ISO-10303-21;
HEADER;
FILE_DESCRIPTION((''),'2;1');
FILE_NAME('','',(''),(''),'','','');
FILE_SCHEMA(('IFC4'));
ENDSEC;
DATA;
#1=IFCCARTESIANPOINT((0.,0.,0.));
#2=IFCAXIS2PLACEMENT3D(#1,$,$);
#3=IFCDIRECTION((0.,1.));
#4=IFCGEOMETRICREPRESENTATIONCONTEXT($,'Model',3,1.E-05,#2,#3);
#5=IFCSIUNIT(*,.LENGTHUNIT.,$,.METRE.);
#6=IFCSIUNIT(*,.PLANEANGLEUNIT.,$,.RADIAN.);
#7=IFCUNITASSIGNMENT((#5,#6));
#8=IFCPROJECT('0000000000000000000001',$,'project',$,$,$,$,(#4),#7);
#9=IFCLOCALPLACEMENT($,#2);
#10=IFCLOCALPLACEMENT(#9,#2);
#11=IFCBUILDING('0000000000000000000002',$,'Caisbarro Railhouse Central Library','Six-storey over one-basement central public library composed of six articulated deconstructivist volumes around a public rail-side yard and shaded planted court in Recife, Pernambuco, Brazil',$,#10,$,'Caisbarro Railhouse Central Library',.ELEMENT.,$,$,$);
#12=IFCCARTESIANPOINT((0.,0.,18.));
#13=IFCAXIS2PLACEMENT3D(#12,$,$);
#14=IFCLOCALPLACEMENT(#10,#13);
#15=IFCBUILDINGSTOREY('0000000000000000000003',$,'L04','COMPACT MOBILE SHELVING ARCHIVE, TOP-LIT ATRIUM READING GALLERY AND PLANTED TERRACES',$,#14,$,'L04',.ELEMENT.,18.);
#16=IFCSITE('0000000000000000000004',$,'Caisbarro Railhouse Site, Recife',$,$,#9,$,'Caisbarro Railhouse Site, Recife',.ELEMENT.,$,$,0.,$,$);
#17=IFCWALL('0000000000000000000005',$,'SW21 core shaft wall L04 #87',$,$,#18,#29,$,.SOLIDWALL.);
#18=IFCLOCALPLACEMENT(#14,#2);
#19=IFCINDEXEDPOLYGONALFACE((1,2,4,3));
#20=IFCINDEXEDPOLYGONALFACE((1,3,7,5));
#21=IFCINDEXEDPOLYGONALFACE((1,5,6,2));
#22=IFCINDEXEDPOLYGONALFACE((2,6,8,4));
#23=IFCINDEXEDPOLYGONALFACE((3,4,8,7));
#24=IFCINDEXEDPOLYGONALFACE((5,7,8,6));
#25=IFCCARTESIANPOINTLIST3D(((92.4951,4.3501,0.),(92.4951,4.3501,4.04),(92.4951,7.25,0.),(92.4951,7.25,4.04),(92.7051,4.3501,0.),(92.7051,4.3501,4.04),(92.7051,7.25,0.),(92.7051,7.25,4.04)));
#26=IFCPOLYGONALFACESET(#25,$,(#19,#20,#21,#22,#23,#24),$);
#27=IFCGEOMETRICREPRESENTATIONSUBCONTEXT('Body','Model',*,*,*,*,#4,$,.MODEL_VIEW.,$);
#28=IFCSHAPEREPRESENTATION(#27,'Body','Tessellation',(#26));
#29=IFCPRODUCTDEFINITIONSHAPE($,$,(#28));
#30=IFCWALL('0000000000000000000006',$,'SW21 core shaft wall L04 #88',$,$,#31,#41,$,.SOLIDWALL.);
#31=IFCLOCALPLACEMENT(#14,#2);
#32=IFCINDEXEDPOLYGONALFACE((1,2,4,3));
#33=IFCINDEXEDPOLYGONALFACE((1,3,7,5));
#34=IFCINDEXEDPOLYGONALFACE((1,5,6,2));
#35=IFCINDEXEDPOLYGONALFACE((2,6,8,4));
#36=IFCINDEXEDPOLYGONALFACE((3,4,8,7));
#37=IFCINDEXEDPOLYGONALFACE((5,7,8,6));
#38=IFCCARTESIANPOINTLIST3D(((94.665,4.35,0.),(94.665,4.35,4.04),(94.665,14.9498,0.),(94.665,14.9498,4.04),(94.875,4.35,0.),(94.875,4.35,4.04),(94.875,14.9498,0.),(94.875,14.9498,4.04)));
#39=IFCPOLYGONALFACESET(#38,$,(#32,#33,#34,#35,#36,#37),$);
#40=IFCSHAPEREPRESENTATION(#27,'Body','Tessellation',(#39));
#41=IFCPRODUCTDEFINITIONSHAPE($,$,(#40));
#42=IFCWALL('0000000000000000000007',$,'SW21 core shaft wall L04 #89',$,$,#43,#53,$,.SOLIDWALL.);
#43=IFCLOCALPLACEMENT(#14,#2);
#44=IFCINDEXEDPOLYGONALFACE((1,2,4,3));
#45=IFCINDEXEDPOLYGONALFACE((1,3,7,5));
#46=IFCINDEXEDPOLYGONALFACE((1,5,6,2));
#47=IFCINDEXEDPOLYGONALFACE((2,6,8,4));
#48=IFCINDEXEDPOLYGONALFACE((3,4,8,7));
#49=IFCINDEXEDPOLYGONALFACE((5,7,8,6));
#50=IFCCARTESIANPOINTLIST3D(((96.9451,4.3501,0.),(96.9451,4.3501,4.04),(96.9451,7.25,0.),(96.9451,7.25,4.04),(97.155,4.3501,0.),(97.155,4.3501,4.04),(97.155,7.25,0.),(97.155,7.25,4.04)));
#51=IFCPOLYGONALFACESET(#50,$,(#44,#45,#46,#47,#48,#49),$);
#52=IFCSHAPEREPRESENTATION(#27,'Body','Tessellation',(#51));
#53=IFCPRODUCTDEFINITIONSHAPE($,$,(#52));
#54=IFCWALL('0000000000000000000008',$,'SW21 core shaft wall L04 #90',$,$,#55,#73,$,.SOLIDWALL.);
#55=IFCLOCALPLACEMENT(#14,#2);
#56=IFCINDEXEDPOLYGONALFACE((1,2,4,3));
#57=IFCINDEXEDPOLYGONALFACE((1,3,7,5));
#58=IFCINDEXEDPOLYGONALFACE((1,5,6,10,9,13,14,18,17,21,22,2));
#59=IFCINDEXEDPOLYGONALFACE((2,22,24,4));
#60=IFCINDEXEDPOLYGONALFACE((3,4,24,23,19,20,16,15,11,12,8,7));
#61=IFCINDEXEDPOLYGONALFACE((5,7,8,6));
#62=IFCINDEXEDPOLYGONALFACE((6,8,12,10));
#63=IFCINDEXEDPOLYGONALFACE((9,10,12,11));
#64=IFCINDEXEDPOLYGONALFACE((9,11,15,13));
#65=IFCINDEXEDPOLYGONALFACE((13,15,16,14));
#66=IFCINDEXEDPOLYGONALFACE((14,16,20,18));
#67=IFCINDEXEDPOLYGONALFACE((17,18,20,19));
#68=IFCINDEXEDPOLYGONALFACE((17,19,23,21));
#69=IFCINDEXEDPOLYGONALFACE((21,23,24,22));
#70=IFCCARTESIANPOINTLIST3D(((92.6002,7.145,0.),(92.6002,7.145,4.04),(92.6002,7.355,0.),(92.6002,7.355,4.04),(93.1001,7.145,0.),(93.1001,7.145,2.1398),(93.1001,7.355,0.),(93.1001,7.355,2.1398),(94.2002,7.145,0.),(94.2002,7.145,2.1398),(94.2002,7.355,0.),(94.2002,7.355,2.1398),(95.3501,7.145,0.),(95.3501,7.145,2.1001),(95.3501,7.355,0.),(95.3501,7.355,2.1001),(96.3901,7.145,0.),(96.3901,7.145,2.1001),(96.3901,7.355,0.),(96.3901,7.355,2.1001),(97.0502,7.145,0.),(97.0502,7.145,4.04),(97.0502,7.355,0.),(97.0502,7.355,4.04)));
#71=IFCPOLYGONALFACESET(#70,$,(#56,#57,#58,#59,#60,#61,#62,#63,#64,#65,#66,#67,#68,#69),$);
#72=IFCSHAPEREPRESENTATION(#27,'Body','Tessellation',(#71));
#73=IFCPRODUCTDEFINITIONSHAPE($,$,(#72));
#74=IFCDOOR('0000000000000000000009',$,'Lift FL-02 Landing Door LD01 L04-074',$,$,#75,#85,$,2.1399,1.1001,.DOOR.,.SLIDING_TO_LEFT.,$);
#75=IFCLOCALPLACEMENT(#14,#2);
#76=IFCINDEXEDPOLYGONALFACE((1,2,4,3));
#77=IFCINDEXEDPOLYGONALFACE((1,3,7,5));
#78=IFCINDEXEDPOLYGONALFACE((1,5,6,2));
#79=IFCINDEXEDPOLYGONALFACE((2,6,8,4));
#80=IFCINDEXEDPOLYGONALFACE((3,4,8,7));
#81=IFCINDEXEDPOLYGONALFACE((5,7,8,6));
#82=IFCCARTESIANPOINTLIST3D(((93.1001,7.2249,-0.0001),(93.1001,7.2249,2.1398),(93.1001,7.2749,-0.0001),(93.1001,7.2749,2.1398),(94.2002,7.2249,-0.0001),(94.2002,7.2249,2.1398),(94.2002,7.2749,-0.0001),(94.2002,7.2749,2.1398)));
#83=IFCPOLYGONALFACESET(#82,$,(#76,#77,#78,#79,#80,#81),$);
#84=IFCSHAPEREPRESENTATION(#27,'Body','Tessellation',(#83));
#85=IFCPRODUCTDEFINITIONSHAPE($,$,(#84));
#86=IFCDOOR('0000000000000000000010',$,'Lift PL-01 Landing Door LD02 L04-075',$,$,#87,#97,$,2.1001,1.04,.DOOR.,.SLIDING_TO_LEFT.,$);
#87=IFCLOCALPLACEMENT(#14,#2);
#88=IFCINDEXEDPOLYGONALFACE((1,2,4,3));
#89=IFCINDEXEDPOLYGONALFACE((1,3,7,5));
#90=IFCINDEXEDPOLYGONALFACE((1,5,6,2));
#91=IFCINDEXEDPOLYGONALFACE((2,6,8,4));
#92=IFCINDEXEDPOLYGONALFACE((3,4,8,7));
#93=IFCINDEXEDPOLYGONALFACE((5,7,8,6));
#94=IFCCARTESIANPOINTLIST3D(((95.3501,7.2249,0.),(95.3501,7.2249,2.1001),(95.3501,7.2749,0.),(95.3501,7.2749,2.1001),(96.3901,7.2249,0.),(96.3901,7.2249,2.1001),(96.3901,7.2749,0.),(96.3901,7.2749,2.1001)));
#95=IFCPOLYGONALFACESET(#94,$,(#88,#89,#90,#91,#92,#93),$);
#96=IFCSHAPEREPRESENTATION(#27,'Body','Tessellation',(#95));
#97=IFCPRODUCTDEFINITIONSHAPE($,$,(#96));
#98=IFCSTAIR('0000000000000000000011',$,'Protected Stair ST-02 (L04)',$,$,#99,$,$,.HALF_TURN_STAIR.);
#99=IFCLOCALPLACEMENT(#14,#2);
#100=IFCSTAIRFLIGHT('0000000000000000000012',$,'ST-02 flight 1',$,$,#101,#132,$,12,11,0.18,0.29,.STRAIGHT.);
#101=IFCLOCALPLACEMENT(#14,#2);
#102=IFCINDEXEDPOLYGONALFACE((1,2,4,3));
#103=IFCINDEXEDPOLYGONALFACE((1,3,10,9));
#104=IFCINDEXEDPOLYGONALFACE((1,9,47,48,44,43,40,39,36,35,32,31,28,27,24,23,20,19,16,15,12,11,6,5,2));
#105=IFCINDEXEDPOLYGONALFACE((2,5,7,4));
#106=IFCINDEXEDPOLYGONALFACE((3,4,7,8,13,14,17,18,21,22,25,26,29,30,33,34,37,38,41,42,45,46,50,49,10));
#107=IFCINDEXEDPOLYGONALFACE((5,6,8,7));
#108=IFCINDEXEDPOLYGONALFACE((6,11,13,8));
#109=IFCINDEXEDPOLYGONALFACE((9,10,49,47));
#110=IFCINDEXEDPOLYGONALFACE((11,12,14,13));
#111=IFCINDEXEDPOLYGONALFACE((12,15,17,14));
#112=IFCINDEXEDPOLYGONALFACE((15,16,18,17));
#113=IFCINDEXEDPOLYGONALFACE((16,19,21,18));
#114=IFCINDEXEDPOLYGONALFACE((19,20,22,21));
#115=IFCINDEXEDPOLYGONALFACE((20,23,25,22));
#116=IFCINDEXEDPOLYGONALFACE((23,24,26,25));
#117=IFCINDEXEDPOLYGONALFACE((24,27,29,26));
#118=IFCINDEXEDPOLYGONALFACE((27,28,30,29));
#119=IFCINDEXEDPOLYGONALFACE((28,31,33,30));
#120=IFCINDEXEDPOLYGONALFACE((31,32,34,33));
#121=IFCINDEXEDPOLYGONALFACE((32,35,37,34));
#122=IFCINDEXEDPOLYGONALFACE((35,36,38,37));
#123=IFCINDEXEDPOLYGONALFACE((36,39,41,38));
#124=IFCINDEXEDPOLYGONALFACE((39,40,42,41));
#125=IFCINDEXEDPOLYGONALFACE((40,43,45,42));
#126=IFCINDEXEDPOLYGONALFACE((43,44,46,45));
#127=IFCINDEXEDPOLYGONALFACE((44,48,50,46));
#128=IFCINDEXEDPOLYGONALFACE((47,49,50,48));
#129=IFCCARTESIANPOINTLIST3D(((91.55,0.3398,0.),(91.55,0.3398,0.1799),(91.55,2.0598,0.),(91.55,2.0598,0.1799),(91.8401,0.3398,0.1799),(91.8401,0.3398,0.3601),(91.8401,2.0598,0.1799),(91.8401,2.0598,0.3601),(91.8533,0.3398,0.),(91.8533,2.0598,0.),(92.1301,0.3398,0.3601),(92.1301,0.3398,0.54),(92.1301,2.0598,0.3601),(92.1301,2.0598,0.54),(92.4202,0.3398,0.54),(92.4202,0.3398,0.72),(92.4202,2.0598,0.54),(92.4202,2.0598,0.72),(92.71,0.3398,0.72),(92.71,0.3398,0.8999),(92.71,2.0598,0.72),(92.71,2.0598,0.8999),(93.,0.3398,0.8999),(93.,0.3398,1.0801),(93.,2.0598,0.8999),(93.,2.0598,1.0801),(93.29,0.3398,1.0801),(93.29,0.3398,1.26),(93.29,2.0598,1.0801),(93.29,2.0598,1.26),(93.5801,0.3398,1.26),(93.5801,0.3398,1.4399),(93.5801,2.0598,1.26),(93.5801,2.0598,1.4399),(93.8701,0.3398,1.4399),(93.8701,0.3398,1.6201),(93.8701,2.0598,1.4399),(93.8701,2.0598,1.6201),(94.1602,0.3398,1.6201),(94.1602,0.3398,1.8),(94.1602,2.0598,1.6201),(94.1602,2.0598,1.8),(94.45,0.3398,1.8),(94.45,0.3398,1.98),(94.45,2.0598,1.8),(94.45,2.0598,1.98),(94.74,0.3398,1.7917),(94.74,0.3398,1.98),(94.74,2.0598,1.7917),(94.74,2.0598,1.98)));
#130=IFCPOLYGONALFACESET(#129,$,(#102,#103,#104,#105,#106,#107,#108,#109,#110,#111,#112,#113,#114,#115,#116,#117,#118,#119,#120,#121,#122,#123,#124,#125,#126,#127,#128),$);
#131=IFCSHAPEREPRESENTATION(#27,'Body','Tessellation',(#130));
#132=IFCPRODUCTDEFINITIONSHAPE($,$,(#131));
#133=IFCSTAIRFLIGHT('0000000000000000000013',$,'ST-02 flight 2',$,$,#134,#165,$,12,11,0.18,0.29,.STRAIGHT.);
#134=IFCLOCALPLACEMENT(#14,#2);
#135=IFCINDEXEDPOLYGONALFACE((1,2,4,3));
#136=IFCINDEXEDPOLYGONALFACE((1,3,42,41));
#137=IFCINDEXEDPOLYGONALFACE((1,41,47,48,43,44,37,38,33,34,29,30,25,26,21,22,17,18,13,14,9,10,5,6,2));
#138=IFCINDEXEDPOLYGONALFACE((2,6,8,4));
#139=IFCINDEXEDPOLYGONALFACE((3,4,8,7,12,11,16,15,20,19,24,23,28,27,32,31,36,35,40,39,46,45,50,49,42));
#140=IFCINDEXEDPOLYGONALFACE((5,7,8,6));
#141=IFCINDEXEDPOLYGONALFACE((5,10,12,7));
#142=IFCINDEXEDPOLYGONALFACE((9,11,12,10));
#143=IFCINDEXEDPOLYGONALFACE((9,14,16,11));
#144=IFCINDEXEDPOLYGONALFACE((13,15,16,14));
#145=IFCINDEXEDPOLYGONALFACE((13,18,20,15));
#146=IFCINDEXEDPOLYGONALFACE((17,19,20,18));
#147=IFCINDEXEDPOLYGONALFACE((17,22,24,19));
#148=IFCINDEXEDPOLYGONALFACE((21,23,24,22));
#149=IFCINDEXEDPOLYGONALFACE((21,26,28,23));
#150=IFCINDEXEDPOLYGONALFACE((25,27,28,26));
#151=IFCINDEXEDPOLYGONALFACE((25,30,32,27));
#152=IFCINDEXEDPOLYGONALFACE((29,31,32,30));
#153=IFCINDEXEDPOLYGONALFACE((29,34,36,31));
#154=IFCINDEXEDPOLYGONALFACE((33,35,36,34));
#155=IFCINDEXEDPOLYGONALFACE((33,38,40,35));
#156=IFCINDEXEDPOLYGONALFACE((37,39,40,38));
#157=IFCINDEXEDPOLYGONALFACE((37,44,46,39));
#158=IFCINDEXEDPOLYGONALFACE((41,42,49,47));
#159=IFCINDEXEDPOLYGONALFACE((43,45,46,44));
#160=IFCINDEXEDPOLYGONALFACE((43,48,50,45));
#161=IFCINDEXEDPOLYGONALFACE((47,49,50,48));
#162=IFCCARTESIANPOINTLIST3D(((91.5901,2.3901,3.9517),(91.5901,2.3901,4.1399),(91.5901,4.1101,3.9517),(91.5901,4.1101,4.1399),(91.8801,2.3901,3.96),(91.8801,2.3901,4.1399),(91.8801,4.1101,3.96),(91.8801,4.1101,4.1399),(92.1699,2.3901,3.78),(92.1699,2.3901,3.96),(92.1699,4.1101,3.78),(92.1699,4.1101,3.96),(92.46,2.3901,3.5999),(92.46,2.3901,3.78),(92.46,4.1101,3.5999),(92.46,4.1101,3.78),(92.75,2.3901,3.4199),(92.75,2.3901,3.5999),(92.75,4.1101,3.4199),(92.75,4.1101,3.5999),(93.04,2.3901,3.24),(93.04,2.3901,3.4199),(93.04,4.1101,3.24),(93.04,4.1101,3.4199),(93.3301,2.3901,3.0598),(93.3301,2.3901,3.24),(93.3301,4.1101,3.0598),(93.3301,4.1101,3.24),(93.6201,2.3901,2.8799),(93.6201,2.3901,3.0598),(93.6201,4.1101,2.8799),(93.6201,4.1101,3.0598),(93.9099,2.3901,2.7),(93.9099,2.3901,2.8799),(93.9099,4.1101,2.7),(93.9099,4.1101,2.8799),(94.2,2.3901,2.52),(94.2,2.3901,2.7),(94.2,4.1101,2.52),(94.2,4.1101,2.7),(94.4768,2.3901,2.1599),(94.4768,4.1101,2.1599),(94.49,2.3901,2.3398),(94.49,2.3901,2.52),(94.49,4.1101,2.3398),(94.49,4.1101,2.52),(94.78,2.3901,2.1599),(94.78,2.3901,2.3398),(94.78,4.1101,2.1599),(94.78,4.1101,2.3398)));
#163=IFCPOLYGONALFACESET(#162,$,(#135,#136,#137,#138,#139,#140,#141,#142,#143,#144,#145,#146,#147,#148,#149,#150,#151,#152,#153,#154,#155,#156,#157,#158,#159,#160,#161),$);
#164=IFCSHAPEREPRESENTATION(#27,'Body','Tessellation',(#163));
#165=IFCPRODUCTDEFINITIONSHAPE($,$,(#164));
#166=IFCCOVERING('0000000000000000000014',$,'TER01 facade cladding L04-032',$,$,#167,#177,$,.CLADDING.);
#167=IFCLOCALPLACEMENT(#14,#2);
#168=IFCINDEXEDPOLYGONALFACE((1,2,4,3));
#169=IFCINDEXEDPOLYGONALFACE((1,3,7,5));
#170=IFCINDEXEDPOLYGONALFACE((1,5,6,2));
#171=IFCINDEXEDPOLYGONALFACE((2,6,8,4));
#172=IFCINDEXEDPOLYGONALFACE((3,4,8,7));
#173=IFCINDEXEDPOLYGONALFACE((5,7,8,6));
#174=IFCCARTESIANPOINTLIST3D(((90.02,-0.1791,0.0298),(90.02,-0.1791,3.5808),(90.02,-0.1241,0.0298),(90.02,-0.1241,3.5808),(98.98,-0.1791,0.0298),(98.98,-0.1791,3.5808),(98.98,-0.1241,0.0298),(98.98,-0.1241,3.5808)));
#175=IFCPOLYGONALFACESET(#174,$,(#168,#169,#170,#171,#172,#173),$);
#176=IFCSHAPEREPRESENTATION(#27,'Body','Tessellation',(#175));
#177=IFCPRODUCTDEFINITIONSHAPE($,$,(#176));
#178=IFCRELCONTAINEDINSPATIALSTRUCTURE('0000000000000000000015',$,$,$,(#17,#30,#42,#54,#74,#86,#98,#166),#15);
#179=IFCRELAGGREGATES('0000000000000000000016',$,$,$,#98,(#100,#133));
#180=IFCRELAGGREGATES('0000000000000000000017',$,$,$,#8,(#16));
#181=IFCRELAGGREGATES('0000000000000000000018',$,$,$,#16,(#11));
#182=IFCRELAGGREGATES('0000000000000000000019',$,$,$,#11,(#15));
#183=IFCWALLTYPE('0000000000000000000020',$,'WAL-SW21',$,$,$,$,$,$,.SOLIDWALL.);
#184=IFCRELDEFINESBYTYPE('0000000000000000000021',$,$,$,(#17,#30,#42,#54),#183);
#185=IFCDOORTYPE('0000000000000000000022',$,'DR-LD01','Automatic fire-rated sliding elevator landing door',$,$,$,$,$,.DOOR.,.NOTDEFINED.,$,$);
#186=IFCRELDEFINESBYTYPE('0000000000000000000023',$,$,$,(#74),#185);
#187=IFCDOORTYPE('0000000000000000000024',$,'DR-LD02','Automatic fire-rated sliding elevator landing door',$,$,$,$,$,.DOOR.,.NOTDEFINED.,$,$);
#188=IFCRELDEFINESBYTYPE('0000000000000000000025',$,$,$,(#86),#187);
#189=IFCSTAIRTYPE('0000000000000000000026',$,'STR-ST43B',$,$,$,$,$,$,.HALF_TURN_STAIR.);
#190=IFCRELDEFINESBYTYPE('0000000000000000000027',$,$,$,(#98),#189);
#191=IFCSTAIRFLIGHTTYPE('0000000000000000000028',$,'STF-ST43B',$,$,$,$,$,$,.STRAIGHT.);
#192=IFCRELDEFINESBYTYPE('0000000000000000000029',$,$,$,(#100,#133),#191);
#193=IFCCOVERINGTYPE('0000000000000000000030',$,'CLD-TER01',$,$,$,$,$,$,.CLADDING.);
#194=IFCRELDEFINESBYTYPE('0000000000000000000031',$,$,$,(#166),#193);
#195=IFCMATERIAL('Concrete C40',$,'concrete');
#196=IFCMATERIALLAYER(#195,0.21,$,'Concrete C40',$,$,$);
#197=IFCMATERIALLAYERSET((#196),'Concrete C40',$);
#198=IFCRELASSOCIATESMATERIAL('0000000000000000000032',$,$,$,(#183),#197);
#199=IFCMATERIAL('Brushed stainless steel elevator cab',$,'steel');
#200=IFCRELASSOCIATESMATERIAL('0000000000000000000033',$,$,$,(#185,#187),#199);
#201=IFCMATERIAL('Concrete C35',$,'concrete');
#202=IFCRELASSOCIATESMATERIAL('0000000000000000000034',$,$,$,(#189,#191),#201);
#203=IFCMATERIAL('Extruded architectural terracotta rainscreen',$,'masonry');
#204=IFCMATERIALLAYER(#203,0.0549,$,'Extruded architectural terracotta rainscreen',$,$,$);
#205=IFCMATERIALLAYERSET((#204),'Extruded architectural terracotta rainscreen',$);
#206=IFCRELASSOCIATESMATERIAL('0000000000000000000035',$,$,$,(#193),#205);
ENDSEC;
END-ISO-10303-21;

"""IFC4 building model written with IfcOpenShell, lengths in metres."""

from ifc_helpers import new_model, si_unit, direction, frame, frame_2d, origin, origin_2d, place, context, subcontext, project, spatial, polyline, rectangle, outline, extrude, material, layer, layer_set, type_object, element, fill, aggregate, save


model = new_model("IFC4")

# Units and contexts
model_context = context("Model", 3, precision=1e-05, world=origin(), true_north=direction((0.0, 1.0)))
body_context = subcontext(model_context, "Body", "Model", "MODEL_VIEW")
ifc_project = project(units=[si_unit("LENGTHUNIT", "METRE"), si_unit("PLANEANGLEUNIT", "RADIAN")], contexts=[model_context])

# Site, building, storey
site_placement = place(None, origin())
site = spatial("IfcSite", under=ifc_project, at=site_placement, Name="Caisbarro Railhouse Site, Recife", LongName="Caisbarro Railhouse Site, Recife", CompositionType="ELEMENT", RefElevation=0.0)
building_placement = place(site_placement, origin())
building = spatial("IfcBuilding", under=site, at=building_placement, Name="Caisbarro Railhouse Central Library", Description="Six-storey over one-basement central public library composed of six articulated deconstructivist volumes around a public rail-side yard and shaded planted court in Recife, Pernambuco, Brazil", LongName="Caisbarro Railhouse Central Library", CompositionType="ELEMENT")
storey_placement = place(building_placement, frame((0.0, 0.0, 18.0)))
storey = spatial("IfcBuildingStorey", under=building, at=storey_placement, Name="L04", Description="COMPACT MOBILE SHELVING ARCHIVE, TOP-LIT ATRIUM READING GALLERY AND PLANTED TERRACES", LongName="L04", CompositionType="ELEMENT", Elevation=18.0)

# Shared definitions
ifc_material_1 = material(Name="Concrete C40", Category="concrete")
ifc_layer_1 = layer(ifc_material_1, 0.21, Name="Concrete C40")
ifc_layer_set_1 = layer_set([ifc_layer_1], Name="Concrete C40")
wall_type = type_object("IfcWallType", Name="WAL-SW21", PredefinedType="SOLIDWALL", material=ifc_layer_set_1)

# Walls
wall_1_placement = place(storey_placement, frame((92.6001, 4.3501, 0.0), z_axis=(0.0, 0.0, 1.0), x_axis=(0.0, 1.0, 0.0)))
element("IfcWall", 1, at=wall_1_placement, inside=storey, type_object=wall_type, Name="SW21 core shaft wall L04 #87", PredefinedType="SOLIDWALL", context=body_context, shape_type="SweptSolid", body=[
    extrude(rectangle(XDim=2.8999, YDim=0.21, at=frame_2d((1.45, 0.0))), origin(), (0.0, 0.0, 1.0), 4.04),
])
wall_2_placement = place(storey_placement, frame((94.77, 4.3501, 0.0), z_axis=(0.0, 0.0, 1.0), x_axis=(0.0, 1.0, 0.0)))
element("IfcWall", 2, at=wall_2_placement, inside=storey, type_object=wall_type, Name="SW21 core shaft wall L04 #88", PredefinedType="SOLIDWALL", context=body_context, shape_type="SweptSolid", body=[
    extrude(rectangle(XDim=10.5999, YDim=0.21, at=frame_2d((5.2998, 0.0))), origin(), (0.0, 0.0, 1.0), 4.04),
])
wall_3_placement = place(storey_placement, frame((97.05, 4.3501, 0.0), z_axis=(0.0, 0.0, 1.0), x_axis=(0.0, 1.0, 0.0)))
element("IfcWall", 3, at=wall_3_placement, inside=storey, type_object=wall_type, Name="SW21 core shaft wall L04 #89", PredefinedType="SOLIDWALL", context=body_context, shape_type="SweptSolid", body=[
    extrude(rectangle(XDim=2.8999, YDim=0.21, at=frame_2d((1.45, 0.0))), origin(), (0.0, 0.0, 1.0), 4.04),
])

# Wall, openings, doors
wall_4_placement = place(storey_placement, frame((92.6001, 7.25, 0.0), z_axis=(0.0, 0.0, 1.0), x_axis=(1.0, 0.0, 0.0)))
wall_4 = element("IfcWall", 4, at=wall_4_placement, inside=storey, type_object=wall_type, Name="SW21 core shaft wall L04 #90", PredefinedType="SOLIDWALL", context=body_context, shape_type="SweptSolid", body=[
    extrude(rectangle(XDim=4.45, YDim=0.21, at=frame_2d((2.2251, 0.0))), origin(), (0.0, 0.0, 1.0), 4.04),
])
opening_1_placement = place(wall_4_placement, frame((0.5, 0.0, 0.0)))
opening_1 = element("IfcOpeningElement", 5, at=opening_1_placement, cuts=wall_4, PredefinedType="OPENING", context=body_context, shape_type="SweptSolid", body=[
    extrude(rectangle(XDim=1.1001, YDim=2.1399, at=frame_2d((0.55, 1.0698))), frame((0.0, 0.115, 0.0), z_axis=(0.0, -1.0, 0.0), x_axis=(1.0, 0.0, 0.0)), (0.0, 0.0, 1.0), 0.23),
])
opening_2_placement = place(wall_4_placement, frame((2.75, 0.0, 0.0)))
opening_2 = element("IfcOpeningElement", 6, at=opening_2_placement, cuts=wall_4, PredefinedType="OPENING", context=body_context, shape_type="SweptSolid", body=[
    extrude(rectangle(XDim=1.04, YDim=2.1001, at=frame_2d((0.52, 1.05))), frame((0.0, 0.115, 0.0), z_axis=(0.0, -1.0, 0.0), x_axis=(1.0, 0.0, 0.0)), (0.0, 0.0, 1.0), 0.23),
])
ifc_material_2 = material(Name="Brushed stainless steel elevator cab", Category="steel")
door_type_1 = type_object("IfcDoorType", Name="DR-LD01", Description="Automatic fire-rated sliding elevator landing door", OperationType="NOTDEFINED", PredefinedType="DOOR", material=ifc_material_2)
door_1_placement = place(opening_1_placement, origin())
door_1 = element("IfcDoor", 7, at=door_1_placement, inside=storey, type_object=door_type_1, Name="Lift FL-02 Landing Door LD01 L04-074", OperationType="SLIDING_TO_LEFT", OverallHeight=2.1399, OverallWidth=1.1001, PredefinedType="DOOR", context=body_context, shape_type="SweptSolid", body=[
    extrude(rectangle(XDim=1.1001, YDim=2.1399, at=frame_2d((0.55, 1.0698))), frame((0.0, 0.0249, 0.0), z_axis=(0.0, -1.0, 0.0), x_axis=(1.0, 0.0, 0.0)), (0.0, 0.0, 1.0), 0.05),
])
fill(opening_1, door_1)
door_type_2 = type_object("IfcDoorType", Name="DR-LD02", Description="Automatic fire-rated sliding elevator landing door", OperationType="NOTDEFINED", PredefinedType="DOOR", material=ifc_material_2)
door_2_placement = place(opening_2_placement, origin())
door_2 = element("IfcDoor", 8, at=door_2_placement, inside=storey, type_object=door_type_2, Name="Lift PL-01 Landing Door LD02 L04-075", OperationType="SLIDING_TO_LEFT", OverallHeight=2.1001, OverallWidth=1.04, PredefinedType="DOOR", context=body_context, shape_type="SweptSolid", body=[
    extrude(rectangle(XDim=1.04, YDim=2.1001, at=frame_2d((0.52, 1.05))), frame((0.0, 0.0249, 0.0), z_axis=(0.0, -1.0, 0.0), x_axis=(1.0, 0.0, 0.0)), (0.0, 0.0, 1.0), 0.05),
])
fill(opening_2, door_2)

# Stair, stair flights
ifc_material_3 = material(Name="Concrete C35", Category="concrete")
stair_type = type_object("IfcStairType", Name="STR-ST43B", PredefinedType="HALF_TURN_STAIR", material=ifc_material_3)
stair_placement = place(storey_placement, origin())
stair = element("IfcStair", 9, at=stair_placement, inside=storey, type_object=stair_type, Name="Protected Stair ST-02 (L04)", PredefinedType="HALF_TURN_STAIR")
stair_flight_type = type_object("IfcStairFlightType", Name="STF-ST43B", PredefinedType="STRAIGHT", material=ifc_material_3)
stair_flight_1_placement = place(storey_placement, frame((91.55, 1.2, 0.0), z_axis=(0.0, 0.0, 1.0), x_axis=(1.0, 0.0, 0.0)))
stair_flight_1 = element("IfcStairFlight", 10, at=stair_flight_1_placement, type_object=stair_flight_type, Name="ST-02 flight 1", NumberOfRisers=12, NumberOfTreads=11, PredefinedType="STRAIGHT", RiserHeight=0.18, TreadLength=0.29, context=body_context, shape_type="SweptSolid", body=[
    extrude(outline(polyline([(0.0, 0.0), (0.0, 0.1799), (0.29, 0.1799), (0.29, 0.3601), (0.5801, 0.3601), (0.5801, 0.54), (0.8701, 0.54), (0.8701, 0.72), (1.1599, 0.72), (1.1599, 0.8999), (1.45, 0.8999), (1.45, 1.0801), (1.74, 1.0801), (1.74, 1.26), (2.03, 1.26), (2.03, 1.4399), (2.3201, 1.4399), (2.3201, 1.6201), (2.6101, 1.6201), (2.6101, 1.8), (2.8999, 1.8), (2.8999, 1.98), (3.1899, 1.98), (3.1899, 2.1599), (3.1899, 1.7917), (0.3032, 0.0), (0.0, 0.0)])), frame((0.0, 0.8599, 0.0), z_axis=(0.0, -1.0, 0.0), x_axis=(1.0, 0.0, 0.0)), (0.0, 0.0, 1.0), 1.72),
])
stair_flight_2_placement = place(storey_placement, frame((94.78, 3.25, 2.1599), z_axis=(0.0, 0.0, 1.0), x_axis=(-1.0, 0.0, 0.0)))
stair_flight_2 = element("IfcStairFlight", 11, at=stair_flight_2_placement, type_object=stair_flight_type, Name="ST-02 flight 2", NumberOfRisers=12, NumberOfTreads=11, PredefinedType="STRAIGHT", RiserHeight=0.18, TreadLength=0.29, context=body_context, shape_type="SweptSolid", body=[
    extrude(outline(polyline([(0.0, 0.0), (0.0, 0.1799), (0.29, 0.1799), (0.29, 0.3601), (0.5801, 0.3601), (0.5801, 0.54), (0.8701, 0.54), (0.8701, 0.72), (1.1599, 0.72), (1.1599, 0.8999), (1.45, 0.8999), (1.45, 1.0801), (1.74, 1.0801), (1.74, 1.26), (2.03, 1.26), (2.03, 1.4399), (2.3201, 1.4399), (2.3201, 1.6201), (2.6101, 1.6201), (2.6101, 1.8), (2.8999, 1.8), (2.8999, 1.98), (3.1899, 1.98), (3.1899, 2.1599), (3.1899, 1.7917), (0.3032, 0.0), (0.0, 0.0)])), frame((0.0, 0.8599, 0.0), z_axis=(0.0, -1.0, 0.0), x_axis=(1.0, 0.0, 0.0)), (0.0, 0.0, 1.0), 1.72),
])
aggregate(stair, [stair_flight_1, stair_flight_2])

# Covering
ifc_material_4 = material(Name="Extruded architectural terracotta rainscreen", Category="masonry")
ifc_layer_2 = layer(ifc_material_4, 0.0549, Name="Extruded architectural terracotta rainscreen")
ifc_layer_set_2 = layer_set([ifc_layer_2], Name="Extruded architectural terracotta rainscreen")
covering_type = type_object("IfcCoveringType", Name="CLD-TER01", PredefinedType="CLADDING", material=ifc_layer_set_2)
covering_placement = place(storey_placement, frame((94.5, -0.1516, 0.0298), z_axis=(0.0, 0.0, 1.0), x_axis=(1.0, 0.0, 0.0)))
element("IfcCovering", 12, at=covering_placement, inside=storey, type_object=covering_type, Name="TER01 facade cladding L04-032", PredefinedType="CLADDING", context=body_context, shape_type="SweptSolid", body=[
    extrude(rectangle(XDim=8.96, YDim=0.0549, at=origin_2d()), origin(), (0.0, 0.0, 1.0), 3.551),
])

save(model, "model.ifc")
